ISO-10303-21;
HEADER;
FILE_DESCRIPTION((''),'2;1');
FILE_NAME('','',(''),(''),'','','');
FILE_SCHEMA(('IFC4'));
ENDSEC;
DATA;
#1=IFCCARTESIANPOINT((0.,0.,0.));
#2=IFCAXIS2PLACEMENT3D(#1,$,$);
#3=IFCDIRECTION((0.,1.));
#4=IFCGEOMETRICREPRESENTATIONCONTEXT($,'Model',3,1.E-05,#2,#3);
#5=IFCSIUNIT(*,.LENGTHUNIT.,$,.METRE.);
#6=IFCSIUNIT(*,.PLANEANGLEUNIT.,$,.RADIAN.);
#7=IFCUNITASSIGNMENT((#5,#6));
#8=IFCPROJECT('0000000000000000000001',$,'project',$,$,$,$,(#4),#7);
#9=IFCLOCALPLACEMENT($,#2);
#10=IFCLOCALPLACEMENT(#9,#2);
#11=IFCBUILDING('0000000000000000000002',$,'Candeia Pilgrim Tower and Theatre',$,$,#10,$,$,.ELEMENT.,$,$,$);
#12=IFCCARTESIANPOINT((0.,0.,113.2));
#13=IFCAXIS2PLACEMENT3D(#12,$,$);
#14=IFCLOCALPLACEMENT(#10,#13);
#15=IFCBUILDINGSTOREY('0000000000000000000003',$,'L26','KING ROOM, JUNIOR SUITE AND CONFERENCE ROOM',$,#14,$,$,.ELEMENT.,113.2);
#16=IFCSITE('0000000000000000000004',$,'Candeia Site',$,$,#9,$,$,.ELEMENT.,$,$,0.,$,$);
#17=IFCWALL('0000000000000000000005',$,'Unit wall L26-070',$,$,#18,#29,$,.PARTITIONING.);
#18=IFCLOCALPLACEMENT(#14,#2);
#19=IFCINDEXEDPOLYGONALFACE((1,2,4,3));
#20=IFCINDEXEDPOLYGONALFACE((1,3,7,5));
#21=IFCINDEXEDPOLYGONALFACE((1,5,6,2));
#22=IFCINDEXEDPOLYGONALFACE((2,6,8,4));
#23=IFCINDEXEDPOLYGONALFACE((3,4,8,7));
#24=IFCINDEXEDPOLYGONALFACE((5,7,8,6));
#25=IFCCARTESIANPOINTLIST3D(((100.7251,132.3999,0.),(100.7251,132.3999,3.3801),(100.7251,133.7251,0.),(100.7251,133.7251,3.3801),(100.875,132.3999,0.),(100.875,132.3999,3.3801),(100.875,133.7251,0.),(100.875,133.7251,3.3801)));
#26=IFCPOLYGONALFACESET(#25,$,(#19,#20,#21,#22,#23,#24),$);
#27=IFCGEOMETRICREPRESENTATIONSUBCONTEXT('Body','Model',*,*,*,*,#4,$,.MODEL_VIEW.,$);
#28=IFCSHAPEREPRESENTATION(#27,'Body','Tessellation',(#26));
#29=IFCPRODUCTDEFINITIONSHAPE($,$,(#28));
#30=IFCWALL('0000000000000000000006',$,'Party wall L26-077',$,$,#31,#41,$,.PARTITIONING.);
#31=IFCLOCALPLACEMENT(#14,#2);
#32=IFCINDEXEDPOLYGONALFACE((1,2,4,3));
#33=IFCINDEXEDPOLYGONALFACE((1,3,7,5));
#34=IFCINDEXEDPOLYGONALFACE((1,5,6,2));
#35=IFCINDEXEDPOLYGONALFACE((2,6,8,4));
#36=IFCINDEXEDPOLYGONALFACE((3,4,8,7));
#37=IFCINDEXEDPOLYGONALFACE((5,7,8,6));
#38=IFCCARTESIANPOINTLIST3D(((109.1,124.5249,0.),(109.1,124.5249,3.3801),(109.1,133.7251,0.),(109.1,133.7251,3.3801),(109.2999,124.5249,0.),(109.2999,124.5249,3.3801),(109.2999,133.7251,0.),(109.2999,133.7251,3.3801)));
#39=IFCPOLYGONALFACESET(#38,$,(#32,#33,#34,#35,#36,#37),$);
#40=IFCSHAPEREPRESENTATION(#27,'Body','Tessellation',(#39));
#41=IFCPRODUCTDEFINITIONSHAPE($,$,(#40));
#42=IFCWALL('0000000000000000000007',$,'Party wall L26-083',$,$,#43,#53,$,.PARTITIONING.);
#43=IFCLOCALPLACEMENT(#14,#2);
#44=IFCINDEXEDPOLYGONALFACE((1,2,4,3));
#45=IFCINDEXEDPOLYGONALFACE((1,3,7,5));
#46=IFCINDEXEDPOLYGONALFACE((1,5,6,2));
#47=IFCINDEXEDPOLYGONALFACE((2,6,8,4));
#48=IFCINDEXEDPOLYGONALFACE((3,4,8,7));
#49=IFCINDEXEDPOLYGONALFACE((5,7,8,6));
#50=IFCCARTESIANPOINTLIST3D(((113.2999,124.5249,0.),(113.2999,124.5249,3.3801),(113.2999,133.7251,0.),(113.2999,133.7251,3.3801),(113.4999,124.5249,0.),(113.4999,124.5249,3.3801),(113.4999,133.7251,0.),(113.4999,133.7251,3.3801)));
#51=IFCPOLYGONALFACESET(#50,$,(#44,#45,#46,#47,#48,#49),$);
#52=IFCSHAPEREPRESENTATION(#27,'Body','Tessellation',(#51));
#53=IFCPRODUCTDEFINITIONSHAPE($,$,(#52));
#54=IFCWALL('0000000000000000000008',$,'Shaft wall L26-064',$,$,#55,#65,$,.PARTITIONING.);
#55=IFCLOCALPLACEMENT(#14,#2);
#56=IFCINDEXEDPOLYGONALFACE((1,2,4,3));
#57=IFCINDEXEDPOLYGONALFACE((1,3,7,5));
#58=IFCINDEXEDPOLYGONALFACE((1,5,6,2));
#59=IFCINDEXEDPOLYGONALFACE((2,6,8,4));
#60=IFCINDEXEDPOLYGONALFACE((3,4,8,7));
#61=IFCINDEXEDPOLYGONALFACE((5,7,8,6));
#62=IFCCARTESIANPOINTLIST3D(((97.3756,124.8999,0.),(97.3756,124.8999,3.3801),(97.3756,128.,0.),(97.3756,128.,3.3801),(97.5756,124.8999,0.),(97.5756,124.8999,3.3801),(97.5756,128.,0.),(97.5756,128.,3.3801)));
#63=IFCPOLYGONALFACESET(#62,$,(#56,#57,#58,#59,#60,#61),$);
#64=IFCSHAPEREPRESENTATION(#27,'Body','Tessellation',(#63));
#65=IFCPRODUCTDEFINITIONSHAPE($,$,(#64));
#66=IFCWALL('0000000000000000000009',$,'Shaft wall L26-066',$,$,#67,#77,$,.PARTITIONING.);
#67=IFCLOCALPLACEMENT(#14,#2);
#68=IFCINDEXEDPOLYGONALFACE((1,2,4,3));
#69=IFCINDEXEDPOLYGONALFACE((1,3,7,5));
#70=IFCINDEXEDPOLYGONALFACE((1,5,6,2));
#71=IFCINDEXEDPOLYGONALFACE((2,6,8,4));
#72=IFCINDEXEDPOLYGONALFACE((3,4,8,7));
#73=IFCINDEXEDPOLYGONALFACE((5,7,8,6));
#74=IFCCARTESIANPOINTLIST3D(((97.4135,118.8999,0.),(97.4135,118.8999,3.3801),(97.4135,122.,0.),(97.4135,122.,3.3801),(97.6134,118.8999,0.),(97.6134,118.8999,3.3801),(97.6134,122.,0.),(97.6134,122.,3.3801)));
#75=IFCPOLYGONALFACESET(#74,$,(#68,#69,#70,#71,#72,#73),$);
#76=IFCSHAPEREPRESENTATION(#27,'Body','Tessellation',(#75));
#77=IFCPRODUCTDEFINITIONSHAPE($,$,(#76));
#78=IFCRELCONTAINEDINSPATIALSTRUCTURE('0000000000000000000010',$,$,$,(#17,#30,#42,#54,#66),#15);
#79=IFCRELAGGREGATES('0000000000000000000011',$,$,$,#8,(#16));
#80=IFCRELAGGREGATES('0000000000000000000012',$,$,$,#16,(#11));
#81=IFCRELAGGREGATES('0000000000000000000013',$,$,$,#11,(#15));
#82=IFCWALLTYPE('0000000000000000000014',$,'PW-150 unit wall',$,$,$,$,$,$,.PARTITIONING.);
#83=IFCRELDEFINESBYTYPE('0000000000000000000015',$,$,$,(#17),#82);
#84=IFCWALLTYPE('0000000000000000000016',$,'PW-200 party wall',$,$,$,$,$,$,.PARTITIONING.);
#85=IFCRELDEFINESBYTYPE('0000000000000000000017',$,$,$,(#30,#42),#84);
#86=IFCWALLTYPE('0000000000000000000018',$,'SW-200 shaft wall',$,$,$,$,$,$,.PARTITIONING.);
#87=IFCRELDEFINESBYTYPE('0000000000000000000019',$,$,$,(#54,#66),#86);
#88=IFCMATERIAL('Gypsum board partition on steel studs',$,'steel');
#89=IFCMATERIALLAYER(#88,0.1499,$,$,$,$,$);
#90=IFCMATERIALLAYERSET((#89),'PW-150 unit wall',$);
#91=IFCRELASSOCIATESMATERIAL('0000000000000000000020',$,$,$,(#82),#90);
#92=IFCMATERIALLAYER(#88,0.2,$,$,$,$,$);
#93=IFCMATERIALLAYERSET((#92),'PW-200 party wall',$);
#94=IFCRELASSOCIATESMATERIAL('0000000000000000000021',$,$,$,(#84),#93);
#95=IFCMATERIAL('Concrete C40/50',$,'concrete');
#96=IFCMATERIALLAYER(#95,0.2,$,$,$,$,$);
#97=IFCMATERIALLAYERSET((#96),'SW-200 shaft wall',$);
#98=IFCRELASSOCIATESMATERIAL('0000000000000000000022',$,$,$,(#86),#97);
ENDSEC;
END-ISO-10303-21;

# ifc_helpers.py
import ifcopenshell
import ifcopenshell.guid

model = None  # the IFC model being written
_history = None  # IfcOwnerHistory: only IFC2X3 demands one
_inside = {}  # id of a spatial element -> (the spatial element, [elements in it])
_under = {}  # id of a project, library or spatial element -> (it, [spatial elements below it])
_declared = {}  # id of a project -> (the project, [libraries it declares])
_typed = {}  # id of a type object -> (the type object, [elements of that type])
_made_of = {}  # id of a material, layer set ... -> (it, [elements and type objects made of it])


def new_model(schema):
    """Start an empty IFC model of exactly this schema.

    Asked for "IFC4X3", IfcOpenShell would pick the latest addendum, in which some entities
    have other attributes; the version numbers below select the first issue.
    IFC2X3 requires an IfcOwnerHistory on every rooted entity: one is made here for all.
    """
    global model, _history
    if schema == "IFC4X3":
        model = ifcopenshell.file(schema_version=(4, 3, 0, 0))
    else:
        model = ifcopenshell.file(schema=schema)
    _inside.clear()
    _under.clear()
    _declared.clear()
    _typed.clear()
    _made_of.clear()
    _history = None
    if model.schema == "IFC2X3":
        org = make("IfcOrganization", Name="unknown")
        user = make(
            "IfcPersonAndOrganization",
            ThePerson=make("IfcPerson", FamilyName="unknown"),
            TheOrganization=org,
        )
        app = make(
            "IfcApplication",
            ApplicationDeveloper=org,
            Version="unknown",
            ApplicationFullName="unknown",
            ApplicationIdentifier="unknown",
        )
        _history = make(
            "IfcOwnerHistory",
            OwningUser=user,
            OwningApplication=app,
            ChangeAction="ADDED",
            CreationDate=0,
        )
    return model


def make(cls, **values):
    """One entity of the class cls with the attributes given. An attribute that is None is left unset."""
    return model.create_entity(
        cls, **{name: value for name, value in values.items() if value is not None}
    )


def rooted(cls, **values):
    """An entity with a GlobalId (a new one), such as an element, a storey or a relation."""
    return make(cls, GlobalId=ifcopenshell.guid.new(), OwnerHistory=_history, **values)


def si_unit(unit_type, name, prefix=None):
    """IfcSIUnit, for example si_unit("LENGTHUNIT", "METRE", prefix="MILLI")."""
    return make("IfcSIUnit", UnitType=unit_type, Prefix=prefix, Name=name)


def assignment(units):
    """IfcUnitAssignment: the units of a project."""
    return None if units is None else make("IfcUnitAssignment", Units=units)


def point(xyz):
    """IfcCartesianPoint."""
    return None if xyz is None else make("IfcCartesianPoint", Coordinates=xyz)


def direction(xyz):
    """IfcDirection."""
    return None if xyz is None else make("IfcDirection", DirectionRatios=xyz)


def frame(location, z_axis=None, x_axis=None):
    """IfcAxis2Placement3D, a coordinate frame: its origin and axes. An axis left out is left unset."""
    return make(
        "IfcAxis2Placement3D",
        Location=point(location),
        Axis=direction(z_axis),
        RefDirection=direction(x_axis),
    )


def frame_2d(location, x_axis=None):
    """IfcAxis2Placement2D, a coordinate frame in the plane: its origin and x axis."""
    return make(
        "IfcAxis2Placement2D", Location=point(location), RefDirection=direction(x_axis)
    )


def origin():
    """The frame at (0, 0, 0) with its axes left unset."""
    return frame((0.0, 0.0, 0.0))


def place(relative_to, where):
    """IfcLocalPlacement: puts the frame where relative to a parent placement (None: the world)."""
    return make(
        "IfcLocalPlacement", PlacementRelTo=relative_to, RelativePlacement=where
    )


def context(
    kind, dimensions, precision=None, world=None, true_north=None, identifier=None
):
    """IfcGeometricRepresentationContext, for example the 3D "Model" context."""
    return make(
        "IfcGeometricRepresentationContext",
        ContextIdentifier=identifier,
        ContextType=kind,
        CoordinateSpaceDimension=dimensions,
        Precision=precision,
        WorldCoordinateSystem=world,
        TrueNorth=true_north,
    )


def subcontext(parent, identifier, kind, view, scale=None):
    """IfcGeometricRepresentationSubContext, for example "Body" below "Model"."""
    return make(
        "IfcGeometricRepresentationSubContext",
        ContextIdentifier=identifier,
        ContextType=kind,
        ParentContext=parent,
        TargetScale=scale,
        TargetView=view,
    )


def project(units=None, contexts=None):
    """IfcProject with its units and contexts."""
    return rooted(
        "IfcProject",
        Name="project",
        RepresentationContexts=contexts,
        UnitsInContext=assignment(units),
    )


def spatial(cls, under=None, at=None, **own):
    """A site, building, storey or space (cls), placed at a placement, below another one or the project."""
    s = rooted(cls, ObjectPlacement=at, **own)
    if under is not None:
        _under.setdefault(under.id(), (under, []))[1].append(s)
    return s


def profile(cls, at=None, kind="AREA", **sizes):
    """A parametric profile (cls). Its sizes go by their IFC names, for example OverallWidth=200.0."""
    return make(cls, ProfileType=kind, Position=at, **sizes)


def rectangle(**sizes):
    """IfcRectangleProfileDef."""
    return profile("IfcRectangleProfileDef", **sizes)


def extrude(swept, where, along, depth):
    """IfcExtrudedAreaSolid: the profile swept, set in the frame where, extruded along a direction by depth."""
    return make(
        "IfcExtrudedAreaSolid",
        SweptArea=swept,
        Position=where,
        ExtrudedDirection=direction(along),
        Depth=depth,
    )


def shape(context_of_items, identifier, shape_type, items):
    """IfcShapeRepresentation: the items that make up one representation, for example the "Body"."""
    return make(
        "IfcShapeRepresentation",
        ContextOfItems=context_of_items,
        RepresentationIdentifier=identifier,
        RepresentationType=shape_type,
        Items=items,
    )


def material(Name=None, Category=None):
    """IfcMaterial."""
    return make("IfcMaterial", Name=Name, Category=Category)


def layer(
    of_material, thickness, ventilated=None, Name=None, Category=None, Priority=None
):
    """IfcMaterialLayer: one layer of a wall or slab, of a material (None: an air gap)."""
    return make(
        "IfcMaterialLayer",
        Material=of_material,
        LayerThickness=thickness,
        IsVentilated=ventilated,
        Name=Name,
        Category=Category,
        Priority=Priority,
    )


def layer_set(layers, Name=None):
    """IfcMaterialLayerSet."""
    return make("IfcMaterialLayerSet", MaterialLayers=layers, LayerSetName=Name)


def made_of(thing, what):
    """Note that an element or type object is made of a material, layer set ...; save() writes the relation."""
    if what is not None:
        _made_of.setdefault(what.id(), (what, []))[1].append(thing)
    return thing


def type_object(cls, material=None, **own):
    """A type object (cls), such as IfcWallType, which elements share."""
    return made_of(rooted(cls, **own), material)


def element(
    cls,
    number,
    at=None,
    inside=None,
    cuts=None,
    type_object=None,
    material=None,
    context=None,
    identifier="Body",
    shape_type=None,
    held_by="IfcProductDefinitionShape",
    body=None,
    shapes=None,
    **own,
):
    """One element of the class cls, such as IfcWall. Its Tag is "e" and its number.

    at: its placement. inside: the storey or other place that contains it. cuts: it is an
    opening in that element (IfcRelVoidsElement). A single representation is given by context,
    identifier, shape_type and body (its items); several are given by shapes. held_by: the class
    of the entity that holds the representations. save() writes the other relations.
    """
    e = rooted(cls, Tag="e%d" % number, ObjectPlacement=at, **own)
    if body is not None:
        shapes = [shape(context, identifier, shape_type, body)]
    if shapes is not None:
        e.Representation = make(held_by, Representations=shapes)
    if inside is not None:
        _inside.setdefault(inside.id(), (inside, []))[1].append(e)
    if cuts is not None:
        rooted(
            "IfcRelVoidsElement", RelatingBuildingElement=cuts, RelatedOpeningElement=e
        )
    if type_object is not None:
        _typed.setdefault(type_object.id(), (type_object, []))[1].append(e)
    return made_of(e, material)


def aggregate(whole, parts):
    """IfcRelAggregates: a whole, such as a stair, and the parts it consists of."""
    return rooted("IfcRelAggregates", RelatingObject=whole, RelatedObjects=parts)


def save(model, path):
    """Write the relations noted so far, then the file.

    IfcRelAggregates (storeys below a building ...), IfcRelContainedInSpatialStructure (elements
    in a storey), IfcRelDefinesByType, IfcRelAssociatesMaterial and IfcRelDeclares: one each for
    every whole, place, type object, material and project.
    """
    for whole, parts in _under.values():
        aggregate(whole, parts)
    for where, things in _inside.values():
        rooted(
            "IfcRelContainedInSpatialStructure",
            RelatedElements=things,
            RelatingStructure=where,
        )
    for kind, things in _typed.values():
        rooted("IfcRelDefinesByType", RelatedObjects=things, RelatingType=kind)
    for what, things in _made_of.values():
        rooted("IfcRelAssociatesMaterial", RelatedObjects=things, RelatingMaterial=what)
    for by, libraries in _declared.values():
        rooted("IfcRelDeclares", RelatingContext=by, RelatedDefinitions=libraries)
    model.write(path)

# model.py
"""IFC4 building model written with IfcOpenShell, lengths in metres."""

from ifc_helpers import new_model, si_unit, direction, frame, frame_2d, origin, place, context, subcontext, project, spatial, rectangle, extrude, material, layer, layer_set, type_object, element, save


model = new_model("IFC4")

# Units and contexts
model_context = context("Model", 3, precision=1e-05, world=origin(), true_north=direction((0.0, 1.0)))
body_context = subcontext(model_context, "Body", "Model", "MODEL_VIEW")
ifc_project = project(units=[si_unit("LENGTHUNIT", "METRE"), si_unit("PLANEANGLEUNIT", "RADIAN")], contexts=[model_context])

# Site, building, storey
site_placement = place(None, origin())
site = spatial("IfcSite", under=ifc_project, at=site_placement, Name="Candeia Site", CompositionType="ELEMENT", RefElevation=0.0)
building_placement = place(site_placement, origin())
building = spatial("IfcBuilding", under=site, at=building_placement, Name="Candeia Pilgrim Tower and Theatre", CompositionType="ELEMENT")
storey_placement = place(building_placement, frame((0.0, 0.0, 113.2)))
storey = spatial("IfcBuildingStorey", under=building, at=storey_placement, Name="L26", Description="KING ROOM, JUNIOR SUITE AND CONFERENCE ROOM", CompositionType="ELEMENT", Elevation=113.2)

# Shared definitions
ifc_material_1 = material(Name="Gypsum board partition on steel studs", Category="steel")
ifc_layer_1 = layer(ifc_material_1, 0.1499)
ifc_layer_set_1 = layer_set([ifc_layer_1], Name="PW-150 unit wall")
wall_type_1 = type_object("IfcWallType", Name="PW-150 unit wall", PredefinedType="PARTITIONING", material=ifc_layer_set_1)

# Walls
wall_1_placement = place(storey_placement, frame((100.8, 132.3999, 0.0), z_axis=(0.0, 0.0, 1.0), x_axis=(0.0, 1.0, 0.0)))
element("IfcWall", 1, at=wall_1_placement, inside=storey, type_object=wall_type_1, Name="Unit wall L26-070", PredefinedType="PARTITIONING", context=body_context, shape_type="SweptSolid", body=[
    extrude(rectangle(XDim=1.3252, YDim=0.1499, at=frame_2d((0.6626, 0.0))), origin(), (0.0, 0.0, 1.0), 3.3801),
])
ifc_layer_2 = layer(ifc_material_1, 0.2)
ifc_layer_set_2 = layer_set([ifc_layer_2], Name="PW-200 party wall")
wall_type_2 = type_object("IfcWallType", Name="PW-200 party wall", PredefinedType="PARTITIONING", material=ifc_layer_set_2)
for number, where, z_axis, x_axis, name in (
    (2, (109.2, 124.5249, 0.0), (0.0, 0.0, 1.0), (0.0, 1.0, 0.0), "Party wall L26-077"),
    (3, (113.3999, 124.5249, 0.0), (0.0, 0.0, 1.0), (0.0, 1.0, 0.0), "Party wall L26-083"),
):
    element("IfcWall", number, at=place(storey_placement, frame(where, z_axis=z_axis, x_axis=x_axis)), inside=storey, type_object=wall_type_2, Name=name, PredefinedType="PARTITIONING", context=body_context, shape_type="SweptSolid", body=[
        extrude(rectangle(XDim=9.2002, YDim=0.2, at=frame_2d((4.6001, 0.0))), origin(), (0.0, 0.0, 1.0), 3.3801),
    ])
ifc_material_2 = material(Name="Concrete C40/50", Category="concrete")
ifc_layer_3 = layer(ifc_material_2, 0.2)
ifc_layer_set_3 = layer_set([ifc_layer_3], Name="SW-200 shaft wall")
wall_type_3 = type_object("IfcWallType", Name="SW-200 shaft wall", PredefinedType="PARTITIONING", material=ifc_layer_set_3)
for number, where, z_axis, x_axis, name in (
    (4, (97.4756, 124.8999, 0.0), (0.0, 0.0, 1.0), (0.0, 1.0, 0.0), "Shaft wall L26-064"),
    (5, (97.5134, 118.8999, 0.0), (0.0, 0.0, 1.0), (0.0, 1.0, 0.0), "Shaft wall L26-066"),
):
    element("IfcWall", number, at=place(storey_placement, frame(where, z_axis=z_axis, x_axis=x_axis)), inside=storey, type_object=wall_type_3, Name=name, PredefinedType="PARTITIONING", context=body_context, shape_type="SweptSolid", body=[
        extrude(rectangle(XDim=3.1001, YDim=0.2, at=frame_2d((1.55, 0.0))), origin(), (0.0, 0.0, 1.0), 3.3801),
    ])

save(model, "model.ifc")
